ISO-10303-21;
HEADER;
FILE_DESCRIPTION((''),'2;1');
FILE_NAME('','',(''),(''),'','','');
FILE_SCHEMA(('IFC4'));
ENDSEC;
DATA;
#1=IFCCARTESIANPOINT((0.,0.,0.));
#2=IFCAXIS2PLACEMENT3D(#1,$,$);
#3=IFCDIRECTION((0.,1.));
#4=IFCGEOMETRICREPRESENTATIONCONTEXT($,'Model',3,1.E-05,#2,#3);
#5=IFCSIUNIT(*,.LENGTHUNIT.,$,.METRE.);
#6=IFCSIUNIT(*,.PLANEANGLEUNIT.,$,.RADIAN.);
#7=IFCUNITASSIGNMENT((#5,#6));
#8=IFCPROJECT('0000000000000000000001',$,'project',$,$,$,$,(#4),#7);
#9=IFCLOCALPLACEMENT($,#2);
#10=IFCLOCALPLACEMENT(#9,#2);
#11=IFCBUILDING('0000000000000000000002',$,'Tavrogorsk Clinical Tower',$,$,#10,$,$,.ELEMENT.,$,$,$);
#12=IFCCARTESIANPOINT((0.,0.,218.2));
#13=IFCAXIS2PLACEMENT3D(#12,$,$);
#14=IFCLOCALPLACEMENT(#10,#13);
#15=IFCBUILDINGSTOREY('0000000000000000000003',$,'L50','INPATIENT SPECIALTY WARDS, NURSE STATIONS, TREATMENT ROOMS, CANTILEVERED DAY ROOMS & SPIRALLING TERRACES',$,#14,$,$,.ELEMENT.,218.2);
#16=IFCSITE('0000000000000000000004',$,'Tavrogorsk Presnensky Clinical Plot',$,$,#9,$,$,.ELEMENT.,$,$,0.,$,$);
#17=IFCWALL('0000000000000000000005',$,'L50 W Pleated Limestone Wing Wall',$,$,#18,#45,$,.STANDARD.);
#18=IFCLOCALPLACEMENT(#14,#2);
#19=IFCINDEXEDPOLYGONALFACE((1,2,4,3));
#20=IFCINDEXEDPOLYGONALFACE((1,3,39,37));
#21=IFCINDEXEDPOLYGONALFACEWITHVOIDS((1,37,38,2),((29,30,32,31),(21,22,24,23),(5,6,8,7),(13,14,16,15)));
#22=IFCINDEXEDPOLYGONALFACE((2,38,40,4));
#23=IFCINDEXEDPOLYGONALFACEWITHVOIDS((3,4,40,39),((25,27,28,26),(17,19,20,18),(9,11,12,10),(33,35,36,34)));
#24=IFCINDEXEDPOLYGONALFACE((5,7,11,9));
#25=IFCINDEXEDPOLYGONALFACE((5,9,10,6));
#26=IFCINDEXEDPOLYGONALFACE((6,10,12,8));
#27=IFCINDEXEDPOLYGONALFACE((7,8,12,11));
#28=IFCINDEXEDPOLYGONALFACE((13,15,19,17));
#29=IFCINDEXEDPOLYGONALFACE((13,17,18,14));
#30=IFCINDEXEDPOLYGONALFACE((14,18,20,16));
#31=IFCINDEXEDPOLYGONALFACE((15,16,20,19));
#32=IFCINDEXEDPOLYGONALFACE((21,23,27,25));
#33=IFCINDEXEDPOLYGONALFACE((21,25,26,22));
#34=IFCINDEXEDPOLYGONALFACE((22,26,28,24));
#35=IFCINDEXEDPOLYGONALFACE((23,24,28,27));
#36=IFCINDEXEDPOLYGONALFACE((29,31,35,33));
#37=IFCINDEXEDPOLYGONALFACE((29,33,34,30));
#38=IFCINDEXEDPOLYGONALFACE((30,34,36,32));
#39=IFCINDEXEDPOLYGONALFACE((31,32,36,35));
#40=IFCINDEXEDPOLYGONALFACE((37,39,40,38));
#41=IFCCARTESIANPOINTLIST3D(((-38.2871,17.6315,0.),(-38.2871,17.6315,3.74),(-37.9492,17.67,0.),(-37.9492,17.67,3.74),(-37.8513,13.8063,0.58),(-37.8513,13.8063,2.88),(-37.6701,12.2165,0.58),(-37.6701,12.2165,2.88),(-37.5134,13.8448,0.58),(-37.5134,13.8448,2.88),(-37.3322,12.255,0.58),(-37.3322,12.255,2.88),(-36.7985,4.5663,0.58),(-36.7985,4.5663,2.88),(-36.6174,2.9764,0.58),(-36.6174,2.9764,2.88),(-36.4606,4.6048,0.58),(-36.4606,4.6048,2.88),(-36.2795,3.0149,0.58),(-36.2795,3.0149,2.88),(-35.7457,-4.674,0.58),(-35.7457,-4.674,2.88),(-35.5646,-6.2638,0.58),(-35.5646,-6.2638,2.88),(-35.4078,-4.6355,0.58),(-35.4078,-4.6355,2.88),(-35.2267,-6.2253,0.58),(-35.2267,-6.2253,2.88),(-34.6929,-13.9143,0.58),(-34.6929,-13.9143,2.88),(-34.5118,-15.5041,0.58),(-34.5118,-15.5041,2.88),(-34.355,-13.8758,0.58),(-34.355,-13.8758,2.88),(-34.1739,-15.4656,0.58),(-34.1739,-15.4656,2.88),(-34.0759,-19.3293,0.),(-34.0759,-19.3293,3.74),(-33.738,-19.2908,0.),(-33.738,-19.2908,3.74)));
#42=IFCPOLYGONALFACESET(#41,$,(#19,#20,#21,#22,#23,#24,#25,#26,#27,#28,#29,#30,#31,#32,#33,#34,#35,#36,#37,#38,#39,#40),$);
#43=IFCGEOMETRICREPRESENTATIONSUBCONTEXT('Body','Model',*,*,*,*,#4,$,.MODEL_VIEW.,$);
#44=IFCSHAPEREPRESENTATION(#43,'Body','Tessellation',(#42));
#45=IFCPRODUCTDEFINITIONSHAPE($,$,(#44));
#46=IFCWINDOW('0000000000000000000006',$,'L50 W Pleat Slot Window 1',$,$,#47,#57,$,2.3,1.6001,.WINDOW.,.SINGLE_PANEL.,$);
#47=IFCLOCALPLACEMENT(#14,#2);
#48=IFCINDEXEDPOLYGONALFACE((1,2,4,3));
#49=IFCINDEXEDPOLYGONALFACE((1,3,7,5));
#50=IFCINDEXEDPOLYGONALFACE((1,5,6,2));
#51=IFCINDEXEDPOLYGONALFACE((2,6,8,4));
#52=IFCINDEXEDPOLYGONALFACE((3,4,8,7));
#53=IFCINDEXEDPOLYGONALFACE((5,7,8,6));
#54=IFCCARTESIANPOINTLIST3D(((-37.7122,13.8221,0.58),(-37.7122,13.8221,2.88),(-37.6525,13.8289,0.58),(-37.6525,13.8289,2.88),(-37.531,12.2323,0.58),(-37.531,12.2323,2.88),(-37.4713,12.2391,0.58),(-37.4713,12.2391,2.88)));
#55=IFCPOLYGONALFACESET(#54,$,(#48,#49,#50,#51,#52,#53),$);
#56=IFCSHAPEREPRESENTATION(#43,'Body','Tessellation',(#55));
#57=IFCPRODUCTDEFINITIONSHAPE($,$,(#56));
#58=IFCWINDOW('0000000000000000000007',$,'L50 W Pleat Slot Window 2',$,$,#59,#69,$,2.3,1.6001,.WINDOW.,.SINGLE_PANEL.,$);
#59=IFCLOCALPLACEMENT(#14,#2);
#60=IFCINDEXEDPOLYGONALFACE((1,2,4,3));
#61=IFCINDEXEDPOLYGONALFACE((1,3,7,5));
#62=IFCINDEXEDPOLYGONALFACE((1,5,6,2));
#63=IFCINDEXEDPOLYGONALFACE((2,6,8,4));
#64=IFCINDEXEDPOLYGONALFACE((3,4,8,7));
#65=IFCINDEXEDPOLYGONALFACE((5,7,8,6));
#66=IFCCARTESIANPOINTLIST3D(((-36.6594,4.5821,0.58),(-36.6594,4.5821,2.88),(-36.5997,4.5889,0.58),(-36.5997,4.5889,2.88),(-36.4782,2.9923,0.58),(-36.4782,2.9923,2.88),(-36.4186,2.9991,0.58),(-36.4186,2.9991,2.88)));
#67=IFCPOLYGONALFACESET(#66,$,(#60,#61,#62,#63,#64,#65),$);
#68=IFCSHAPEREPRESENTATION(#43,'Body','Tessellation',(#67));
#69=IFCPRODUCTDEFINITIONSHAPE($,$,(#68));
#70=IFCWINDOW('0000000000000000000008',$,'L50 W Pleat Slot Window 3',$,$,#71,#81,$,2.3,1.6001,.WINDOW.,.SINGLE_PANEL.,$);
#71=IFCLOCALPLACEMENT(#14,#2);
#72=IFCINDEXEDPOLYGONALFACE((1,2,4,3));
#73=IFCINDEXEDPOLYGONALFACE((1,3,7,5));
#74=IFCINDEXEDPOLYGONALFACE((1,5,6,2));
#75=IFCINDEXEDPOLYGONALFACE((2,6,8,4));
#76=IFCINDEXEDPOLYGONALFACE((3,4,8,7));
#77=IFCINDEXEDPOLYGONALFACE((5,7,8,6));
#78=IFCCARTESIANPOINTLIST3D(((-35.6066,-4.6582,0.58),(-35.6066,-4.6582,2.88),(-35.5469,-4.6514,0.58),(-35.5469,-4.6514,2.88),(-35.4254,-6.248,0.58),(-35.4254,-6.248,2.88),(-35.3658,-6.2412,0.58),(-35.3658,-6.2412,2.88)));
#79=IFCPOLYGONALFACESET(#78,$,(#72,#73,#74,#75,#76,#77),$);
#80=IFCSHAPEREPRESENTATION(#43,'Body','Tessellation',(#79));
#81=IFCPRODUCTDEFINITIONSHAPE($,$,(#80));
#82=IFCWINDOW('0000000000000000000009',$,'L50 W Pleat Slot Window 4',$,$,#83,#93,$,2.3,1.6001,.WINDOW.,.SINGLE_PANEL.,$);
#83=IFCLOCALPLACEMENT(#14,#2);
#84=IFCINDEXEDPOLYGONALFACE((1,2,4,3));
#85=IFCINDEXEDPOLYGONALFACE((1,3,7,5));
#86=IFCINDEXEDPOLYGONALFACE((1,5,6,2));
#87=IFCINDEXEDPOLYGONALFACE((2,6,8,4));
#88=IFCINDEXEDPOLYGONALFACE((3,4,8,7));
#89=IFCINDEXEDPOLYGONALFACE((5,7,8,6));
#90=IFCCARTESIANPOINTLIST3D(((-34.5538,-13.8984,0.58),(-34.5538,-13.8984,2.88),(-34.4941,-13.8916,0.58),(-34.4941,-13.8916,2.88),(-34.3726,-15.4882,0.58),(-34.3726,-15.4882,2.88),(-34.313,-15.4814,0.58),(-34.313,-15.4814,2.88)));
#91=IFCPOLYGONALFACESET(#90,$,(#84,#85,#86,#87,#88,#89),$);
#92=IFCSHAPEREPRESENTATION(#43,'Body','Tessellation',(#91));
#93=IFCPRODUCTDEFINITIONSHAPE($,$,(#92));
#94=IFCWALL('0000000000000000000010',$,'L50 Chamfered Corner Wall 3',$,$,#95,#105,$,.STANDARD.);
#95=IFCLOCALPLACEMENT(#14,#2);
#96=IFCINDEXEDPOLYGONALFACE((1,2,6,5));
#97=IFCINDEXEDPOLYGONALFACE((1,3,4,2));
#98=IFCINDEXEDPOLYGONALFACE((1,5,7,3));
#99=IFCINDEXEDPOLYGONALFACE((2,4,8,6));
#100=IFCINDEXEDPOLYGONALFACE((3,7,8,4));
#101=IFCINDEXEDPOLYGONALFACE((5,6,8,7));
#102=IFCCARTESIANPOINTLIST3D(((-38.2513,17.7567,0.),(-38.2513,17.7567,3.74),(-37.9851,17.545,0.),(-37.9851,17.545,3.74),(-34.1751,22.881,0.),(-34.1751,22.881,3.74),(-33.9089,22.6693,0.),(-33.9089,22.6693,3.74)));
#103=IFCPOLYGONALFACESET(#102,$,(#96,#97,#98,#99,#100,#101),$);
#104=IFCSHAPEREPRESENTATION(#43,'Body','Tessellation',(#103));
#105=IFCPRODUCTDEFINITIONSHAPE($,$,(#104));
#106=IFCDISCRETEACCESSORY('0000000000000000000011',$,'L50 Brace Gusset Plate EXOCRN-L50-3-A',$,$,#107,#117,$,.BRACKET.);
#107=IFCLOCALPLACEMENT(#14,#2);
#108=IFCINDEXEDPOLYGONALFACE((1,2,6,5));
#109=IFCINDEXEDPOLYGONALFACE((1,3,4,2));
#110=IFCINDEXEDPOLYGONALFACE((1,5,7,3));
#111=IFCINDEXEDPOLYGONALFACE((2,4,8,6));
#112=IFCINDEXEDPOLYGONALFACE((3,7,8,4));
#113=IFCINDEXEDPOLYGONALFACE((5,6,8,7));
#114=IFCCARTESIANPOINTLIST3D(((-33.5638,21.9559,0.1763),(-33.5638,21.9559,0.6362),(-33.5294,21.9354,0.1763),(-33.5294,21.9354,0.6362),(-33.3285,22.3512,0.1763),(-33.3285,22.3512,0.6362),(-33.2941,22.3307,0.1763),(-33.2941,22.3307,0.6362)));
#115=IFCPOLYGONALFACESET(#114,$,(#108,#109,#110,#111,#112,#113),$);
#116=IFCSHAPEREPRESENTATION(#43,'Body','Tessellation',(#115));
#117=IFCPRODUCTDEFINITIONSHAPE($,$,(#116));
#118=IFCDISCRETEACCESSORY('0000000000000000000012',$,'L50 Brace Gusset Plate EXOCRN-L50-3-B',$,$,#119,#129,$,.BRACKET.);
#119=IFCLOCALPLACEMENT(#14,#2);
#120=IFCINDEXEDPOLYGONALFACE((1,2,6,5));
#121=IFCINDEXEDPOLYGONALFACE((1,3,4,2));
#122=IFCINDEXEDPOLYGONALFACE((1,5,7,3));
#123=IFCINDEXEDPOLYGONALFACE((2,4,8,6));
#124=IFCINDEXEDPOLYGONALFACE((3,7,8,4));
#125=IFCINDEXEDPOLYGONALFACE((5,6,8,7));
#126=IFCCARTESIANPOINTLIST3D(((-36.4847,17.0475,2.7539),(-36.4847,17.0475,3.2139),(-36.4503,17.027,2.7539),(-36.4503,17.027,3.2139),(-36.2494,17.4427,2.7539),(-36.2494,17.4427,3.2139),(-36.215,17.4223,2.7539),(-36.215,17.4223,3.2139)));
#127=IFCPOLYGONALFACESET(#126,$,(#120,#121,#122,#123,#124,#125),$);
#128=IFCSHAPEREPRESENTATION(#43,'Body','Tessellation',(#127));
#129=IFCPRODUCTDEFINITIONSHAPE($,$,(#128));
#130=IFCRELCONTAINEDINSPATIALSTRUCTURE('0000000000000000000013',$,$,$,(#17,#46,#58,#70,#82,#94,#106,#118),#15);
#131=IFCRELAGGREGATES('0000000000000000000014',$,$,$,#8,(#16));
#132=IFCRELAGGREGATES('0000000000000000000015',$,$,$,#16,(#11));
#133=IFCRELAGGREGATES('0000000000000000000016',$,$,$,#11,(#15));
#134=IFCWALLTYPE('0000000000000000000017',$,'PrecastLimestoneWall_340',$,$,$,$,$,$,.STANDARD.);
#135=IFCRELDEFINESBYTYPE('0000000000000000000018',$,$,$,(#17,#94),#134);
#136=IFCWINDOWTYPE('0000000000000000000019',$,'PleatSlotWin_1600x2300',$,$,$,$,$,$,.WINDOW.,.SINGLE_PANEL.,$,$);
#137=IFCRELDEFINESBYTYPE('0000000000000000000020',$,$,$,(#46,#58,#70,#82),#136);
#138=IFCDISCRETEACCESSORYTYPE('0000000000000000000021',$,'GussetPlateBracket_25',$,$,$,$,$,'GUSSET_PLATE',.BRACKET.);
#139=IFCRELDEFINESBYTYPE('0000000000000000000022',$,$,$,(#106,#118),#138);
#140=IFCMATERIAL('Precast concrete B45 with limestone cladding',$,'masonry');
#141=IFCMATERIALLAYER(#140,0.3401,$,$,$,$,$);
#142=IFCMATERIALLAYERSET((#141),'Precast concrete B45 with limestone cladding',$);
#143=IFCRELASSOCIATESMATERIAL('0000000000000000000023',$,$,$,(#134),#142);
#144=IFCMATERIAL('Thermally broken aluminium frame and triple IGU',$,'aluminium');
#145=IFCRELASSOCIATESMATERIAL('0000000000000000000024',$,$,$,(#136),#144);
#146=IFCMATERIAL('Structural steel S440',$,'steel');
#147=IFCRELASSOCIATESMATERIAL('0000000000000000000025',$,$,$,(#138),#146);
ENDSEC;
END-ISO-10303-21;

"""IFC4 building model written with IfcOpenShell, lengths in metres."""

from ifc_helpers import new_model, si_unit, direction, frame, frame_2d, origin, origin_2d, place, context, subcontext, project, spatial, rectangle, extrude, material, layer, layer_set, type_object, element, fill, save


model = new_model("IFC4")

# Units and contexts
model_context = context("Model", 3, precision=1e-05, world=origin(), true_north=direction((0.0, 1.0)))
body_context = subcontext(model_context, "Body", "Model", "MODEL_VIEW")
ifc_project = project(units=[si_unit("LENGTHUNIT", "METRE"), si_unit("PLANEANGLEUNIT", "RADIAN")], contexts=[model_context])

# Site, building, storey
site_placement = place(None, origin())
site = spatial("IfcSite", under=ifc_project, at=site_placement, Name="Tavrogorsk Presnensky Clinical Plot", CompositionType="ELEMENT", RefElevation=0.0)
building_placement = place(site_placement, origin())
building = spatial("IfcBuilding", under=site, at=building_placement, Name="Tavrogorsk Clinical Tower", CompositionType="ELEMENT")
storey_placement = place(building_placement, frame((0.0, 0.0, 218.2)))
storey = spatial("IfcBuildingStorey", under=building, at=storey_placement, Name="L50", Description="INPATIENT SPECIALTY WARDS, NURSE STATIONS, TREATMENT ROOMS, CANTILEVERED DAY ROOMS & SPIRALLING TERRACES", CompositionType="ELEMENT", Elevation=218.2)

# Wall, openings, windows
ifc_material_1 = material(Name="Precast concrete B45 with limestone cladding", Category="masonry")
ifc_layer_1 = layer(ifc_material_1, 0.3401)
ifc_layer_set_1 = layer_set([ifc_layer_1], Name="Precast concrete B45 with limestone cladding")
wall_type_1 = type_object("IfcWallType", Name="PrecastLimestoneWall_340", PredefinedType="STANDARD", material=ifc_layer_set_1)
wall_1_placement = place(storey_placement, frame((-38.1182, 17.6509, 0.0), z_axis=(0.0, 0.0, 1.0), x_axis=(0.113204, -0.993572, 0.0)))
wall_1 = element("IfcWall", 1, at=wall_1_placement, inside=storey, type_object=wall_type_1, Name="L50 W Pleated Limestone Wing Wall", PredefinedType="STANDARD", context=body_context, shape_type="SweptSolid", body=[
    extrude(rectangle(XDim=37.2, YDim=0.3401, at=frame_2d((18.6001, 0.0))), origin(), (0.0, 0.0, 1.0), 3.74),
])
opening_1_placement = place(wall_1_placement, frame((3.8501, 0.0, 0.5801)))
opening_1 = element("IfcOpeningElement", 2, at=opening_1_placement, cuts=wall_1, PredefinedType="OPENING", context=body_context, shape_type="SweptSolid", body=[
    extrude(rectangle(XDim=1.6001, YDim=2.3, at=frame_2d((0.8, 1.1499))), frame((0.0, 0.1799, 0.0), z_axis=(0.0, -1.0, 0.0), x_axis=(1.0, 0.0, 0.0)), (0.0, 0.0, 1.0), 0.3601),
])
opening_2_placement = place(wall_1_placement, frame((13.1499, 0.0, 0.5801)))
opening_2 = element("IfcOpeningElement", 3, at=opening_2_placement, cuts=wall_1, PredefinedType="OPENING", context=body_context, shape_type="SweptSolid", body=[
    extrude(rectangle(XDim=1.6001, YDim=2.3, at=frame_2d((0.8, 1.1499))), frame((0.0, 0.1799, 0.0), z_axis=(0.0, -1.0, 0.0), x_axis=(1.0, 0.0, 0.0)), (0.0, 0.0, 1.0), 0.3601),
])
opening_3_placement = place(wall_1_placement, frame((22.45, 0.0, 0.5801)))
opening_3 = element("IfcOpeningElement", 4, at=opening_3_placement, cuts=wall_1, PredefinedType="OPENING", context=body_context, shape_type="SweptSolid", body=[
    extrude(rectangle(XDim=1.6001, YDim=2.3, at=frame_2d((0.8, 1.1499))), frame((0.0, 0.1799, 0.0), z_axis=(0.0, -1.0, 0.0), x_axis=(1.0, 0.0, 0.0)), (0.0, 0.0, 1.0), 0.3601),
])
opening_4_placement = place(wall_1_placement, frame((31.75, 0.0, 0.5801)))
opening_4 = element("IfcOpeningElement", 5, at=opening_4_placement, cuts=wall_1, PredefinedType="OPENING", context=body_context, shape_type="SweptSolid", body=[
    extrude(rectangle(XDim=1.6001, YDim=2.3, at=frame_2d((0.8, 1.1499))), frame((0.0, 0.1799, 0.0), z_axis=(0.0, -1.0, 0.0), x_axis=(1.0, 0.0, 0.0)), (0.0, 0.0, 1.0), 0.3601),
])
ifc_material_2 = material(Name="Thermally broken aluminium frame and triple IGU", Category="aluminium")
window_type = type_object("IfcWindowType", Name="PleatSlotWin_1600x2300", PartitioningType="SINGLE_PANEL", PredefinedType="WINDOW", material=ifc_material_2)
window_1_placement = place(opening_1_placement, origin())
window_1 = element("IfcWindow", 6, at=window_1_placement, inside=storey, type_object=window_type, Name="L50 W Pleat Slot Window 1", OverallHeight=2.3, OverallWidth=1.6001, PartitioningType="SINGLE_PANEL", PredefinedType="WINDOW", context=body_context, shape_type="SweptSolid", body=[
    extrude(rectangle(XDim=1.6001, YDim=2.3, at=frame_2d((0.8, 1.1499))), frame((0.0, 0.03, 0.0), z_axis=(0.0, -1.0, 0.0), x_axis=(1.0, 0.0, 0.0)), (0.0, 0.0, 1.0), 0.0601),
])
fill(opening_1, window_1)
window_2_placement = place(opening_2_placement, origin())
window_2 = element("IfcWindow", 7, at=window_2_placement, inside=storey, type_object=window_type, Name="L50 W Pleat Slot Window 2", OverallHeight=2.3, OverallWidth=1.6001, PartitioningType="SINGLE_PANEL", PredefinedType="WINDOW", context=body_context, shape_type="SweptSolid", body=[
    extrude(rectangle(XDim=1.6001, YDim=2.3, at=frame_2d((0.8, 1.1499))), frame((0.0, 0.03, 0.0), z_axis=(0.0, -1.0, 0.0), x_axis=(1.0, 0.0, 0.0)), (0.0, 0.0, 1.0), 0.0601),
])
fill(opening_2, window_2)
window_3_placement = place(opening_3_placement, origin())
window_3 = element("IfcWindow", 8, at=window_3_placement, inside=storey, type_object=window_type, Name="L50 W Pleat Slot Window 3", OverallHeight=2.3, OverallWidth=1.6001, PartitioningType="SINGLE_PANEL", PredefinedType="WINDOW", context=body_context, shape_type="SweptSolid", body=[
    extrude(rectangle(XDim=1.6001, YDim=2.3, at=frame_2d((0.8, 1.1499))), frame((0.0, 0.03, 0.0), z_axis=(0.0, -1.0, 0.0), x_axis=(1.0, 0.0, 0.0)), (0.0, 0.0, 1.0), 0.0601),
])
fill(opening_3, window_3)
window_4_placement = place(opening_4_placement, origin())
window_4 = element("IfcWindow", 9, at=window_4_placement, inside=storey, type_object=window_type, Name="L50 W Pleat Slot Window 4", OverallHeight=2.3, OverallWidth=1.6001, PartitioningType="SINGLE_PANEL", PredefinedType="WINDOW", context=body_context, shape_type="SweptSolid", body=[
    extrude(rectangle(XDim=1.6001, YDim=2.3, at=frame_2d((0.8, 1.1499))), frame((0.0, 0.03, 0.0), z_axis=(0.0, -1.0, 0.0), x_axis=(1.0, 0.0, 0.0)), (0.0, 0.0, 1.0), 0.0601),
])
fill(opening_4, window_4)

# Wall
wall_2_placement = place(storey_placement, frame((-34.042, 22.7751, 0.0), z_axis=(0.0, 0.0, 1.0), x_axis=(-0.622528, -0.782597, 0.0)))
element("IfcWall", 10, at=wall_2_placement, inside=storey, type_object=wall_type_1, Name="L50 Chamfered Corner Wall 3", PredefinedType="STANDARD", context=body_context, shape_type="SweptSolid", body=[
    extrude(rectangle(XDim=6.5479, YDim=0.3401, at=frame_2d((3.2739, 0.0))), origin(), (0.0, 0.0, 1.0), 3.74),
])

# Discrete accessories
ifc_material_3 = material(Name="Structural steel S440", Category="steel")
discrete_accessory_type = type_object("IfcDiscreteAccessoryType", Name="GussetPlateBracket_25", ElementType="GUSSET_PLATE", PredefinedType="BRACKET", material=ifc_material_3)
for number, where, z_axis, x_axis, name in (
    (11, (-33.429, 22.1433, 0.1763), (0.0, 0.0, 1.0), (-0.511443, -0.859317, 0.0), "L50 Brace Gusset Plate EXOCRN-L50-3-A"),
    (12, (-36.3499, 17.2349, 2.7539), (0.0, 0.0, 1.0), (-0.511443, -0.859317, 0.0), "L50 Brace Gusset Plate EXOCRN-L50-3-B"),
):
    element("IfcDiscreteAccessory", number, at=place(storey_placement, frame(where, z_axis=z_axis, x_axis=x_axis)), inside=storey, type_object=discrete_accessory_type, Name=name, PredefinedType="BRACKET", context=body_context, shape_type="SweptSolid", body=[
        extrude(rectangle(XDim=0.46, YDim=0.04, at=origin_2d()), origin(), (0.0, 0.0, 1.0), 0.46),
    ])

save(model, "model.ifc")
